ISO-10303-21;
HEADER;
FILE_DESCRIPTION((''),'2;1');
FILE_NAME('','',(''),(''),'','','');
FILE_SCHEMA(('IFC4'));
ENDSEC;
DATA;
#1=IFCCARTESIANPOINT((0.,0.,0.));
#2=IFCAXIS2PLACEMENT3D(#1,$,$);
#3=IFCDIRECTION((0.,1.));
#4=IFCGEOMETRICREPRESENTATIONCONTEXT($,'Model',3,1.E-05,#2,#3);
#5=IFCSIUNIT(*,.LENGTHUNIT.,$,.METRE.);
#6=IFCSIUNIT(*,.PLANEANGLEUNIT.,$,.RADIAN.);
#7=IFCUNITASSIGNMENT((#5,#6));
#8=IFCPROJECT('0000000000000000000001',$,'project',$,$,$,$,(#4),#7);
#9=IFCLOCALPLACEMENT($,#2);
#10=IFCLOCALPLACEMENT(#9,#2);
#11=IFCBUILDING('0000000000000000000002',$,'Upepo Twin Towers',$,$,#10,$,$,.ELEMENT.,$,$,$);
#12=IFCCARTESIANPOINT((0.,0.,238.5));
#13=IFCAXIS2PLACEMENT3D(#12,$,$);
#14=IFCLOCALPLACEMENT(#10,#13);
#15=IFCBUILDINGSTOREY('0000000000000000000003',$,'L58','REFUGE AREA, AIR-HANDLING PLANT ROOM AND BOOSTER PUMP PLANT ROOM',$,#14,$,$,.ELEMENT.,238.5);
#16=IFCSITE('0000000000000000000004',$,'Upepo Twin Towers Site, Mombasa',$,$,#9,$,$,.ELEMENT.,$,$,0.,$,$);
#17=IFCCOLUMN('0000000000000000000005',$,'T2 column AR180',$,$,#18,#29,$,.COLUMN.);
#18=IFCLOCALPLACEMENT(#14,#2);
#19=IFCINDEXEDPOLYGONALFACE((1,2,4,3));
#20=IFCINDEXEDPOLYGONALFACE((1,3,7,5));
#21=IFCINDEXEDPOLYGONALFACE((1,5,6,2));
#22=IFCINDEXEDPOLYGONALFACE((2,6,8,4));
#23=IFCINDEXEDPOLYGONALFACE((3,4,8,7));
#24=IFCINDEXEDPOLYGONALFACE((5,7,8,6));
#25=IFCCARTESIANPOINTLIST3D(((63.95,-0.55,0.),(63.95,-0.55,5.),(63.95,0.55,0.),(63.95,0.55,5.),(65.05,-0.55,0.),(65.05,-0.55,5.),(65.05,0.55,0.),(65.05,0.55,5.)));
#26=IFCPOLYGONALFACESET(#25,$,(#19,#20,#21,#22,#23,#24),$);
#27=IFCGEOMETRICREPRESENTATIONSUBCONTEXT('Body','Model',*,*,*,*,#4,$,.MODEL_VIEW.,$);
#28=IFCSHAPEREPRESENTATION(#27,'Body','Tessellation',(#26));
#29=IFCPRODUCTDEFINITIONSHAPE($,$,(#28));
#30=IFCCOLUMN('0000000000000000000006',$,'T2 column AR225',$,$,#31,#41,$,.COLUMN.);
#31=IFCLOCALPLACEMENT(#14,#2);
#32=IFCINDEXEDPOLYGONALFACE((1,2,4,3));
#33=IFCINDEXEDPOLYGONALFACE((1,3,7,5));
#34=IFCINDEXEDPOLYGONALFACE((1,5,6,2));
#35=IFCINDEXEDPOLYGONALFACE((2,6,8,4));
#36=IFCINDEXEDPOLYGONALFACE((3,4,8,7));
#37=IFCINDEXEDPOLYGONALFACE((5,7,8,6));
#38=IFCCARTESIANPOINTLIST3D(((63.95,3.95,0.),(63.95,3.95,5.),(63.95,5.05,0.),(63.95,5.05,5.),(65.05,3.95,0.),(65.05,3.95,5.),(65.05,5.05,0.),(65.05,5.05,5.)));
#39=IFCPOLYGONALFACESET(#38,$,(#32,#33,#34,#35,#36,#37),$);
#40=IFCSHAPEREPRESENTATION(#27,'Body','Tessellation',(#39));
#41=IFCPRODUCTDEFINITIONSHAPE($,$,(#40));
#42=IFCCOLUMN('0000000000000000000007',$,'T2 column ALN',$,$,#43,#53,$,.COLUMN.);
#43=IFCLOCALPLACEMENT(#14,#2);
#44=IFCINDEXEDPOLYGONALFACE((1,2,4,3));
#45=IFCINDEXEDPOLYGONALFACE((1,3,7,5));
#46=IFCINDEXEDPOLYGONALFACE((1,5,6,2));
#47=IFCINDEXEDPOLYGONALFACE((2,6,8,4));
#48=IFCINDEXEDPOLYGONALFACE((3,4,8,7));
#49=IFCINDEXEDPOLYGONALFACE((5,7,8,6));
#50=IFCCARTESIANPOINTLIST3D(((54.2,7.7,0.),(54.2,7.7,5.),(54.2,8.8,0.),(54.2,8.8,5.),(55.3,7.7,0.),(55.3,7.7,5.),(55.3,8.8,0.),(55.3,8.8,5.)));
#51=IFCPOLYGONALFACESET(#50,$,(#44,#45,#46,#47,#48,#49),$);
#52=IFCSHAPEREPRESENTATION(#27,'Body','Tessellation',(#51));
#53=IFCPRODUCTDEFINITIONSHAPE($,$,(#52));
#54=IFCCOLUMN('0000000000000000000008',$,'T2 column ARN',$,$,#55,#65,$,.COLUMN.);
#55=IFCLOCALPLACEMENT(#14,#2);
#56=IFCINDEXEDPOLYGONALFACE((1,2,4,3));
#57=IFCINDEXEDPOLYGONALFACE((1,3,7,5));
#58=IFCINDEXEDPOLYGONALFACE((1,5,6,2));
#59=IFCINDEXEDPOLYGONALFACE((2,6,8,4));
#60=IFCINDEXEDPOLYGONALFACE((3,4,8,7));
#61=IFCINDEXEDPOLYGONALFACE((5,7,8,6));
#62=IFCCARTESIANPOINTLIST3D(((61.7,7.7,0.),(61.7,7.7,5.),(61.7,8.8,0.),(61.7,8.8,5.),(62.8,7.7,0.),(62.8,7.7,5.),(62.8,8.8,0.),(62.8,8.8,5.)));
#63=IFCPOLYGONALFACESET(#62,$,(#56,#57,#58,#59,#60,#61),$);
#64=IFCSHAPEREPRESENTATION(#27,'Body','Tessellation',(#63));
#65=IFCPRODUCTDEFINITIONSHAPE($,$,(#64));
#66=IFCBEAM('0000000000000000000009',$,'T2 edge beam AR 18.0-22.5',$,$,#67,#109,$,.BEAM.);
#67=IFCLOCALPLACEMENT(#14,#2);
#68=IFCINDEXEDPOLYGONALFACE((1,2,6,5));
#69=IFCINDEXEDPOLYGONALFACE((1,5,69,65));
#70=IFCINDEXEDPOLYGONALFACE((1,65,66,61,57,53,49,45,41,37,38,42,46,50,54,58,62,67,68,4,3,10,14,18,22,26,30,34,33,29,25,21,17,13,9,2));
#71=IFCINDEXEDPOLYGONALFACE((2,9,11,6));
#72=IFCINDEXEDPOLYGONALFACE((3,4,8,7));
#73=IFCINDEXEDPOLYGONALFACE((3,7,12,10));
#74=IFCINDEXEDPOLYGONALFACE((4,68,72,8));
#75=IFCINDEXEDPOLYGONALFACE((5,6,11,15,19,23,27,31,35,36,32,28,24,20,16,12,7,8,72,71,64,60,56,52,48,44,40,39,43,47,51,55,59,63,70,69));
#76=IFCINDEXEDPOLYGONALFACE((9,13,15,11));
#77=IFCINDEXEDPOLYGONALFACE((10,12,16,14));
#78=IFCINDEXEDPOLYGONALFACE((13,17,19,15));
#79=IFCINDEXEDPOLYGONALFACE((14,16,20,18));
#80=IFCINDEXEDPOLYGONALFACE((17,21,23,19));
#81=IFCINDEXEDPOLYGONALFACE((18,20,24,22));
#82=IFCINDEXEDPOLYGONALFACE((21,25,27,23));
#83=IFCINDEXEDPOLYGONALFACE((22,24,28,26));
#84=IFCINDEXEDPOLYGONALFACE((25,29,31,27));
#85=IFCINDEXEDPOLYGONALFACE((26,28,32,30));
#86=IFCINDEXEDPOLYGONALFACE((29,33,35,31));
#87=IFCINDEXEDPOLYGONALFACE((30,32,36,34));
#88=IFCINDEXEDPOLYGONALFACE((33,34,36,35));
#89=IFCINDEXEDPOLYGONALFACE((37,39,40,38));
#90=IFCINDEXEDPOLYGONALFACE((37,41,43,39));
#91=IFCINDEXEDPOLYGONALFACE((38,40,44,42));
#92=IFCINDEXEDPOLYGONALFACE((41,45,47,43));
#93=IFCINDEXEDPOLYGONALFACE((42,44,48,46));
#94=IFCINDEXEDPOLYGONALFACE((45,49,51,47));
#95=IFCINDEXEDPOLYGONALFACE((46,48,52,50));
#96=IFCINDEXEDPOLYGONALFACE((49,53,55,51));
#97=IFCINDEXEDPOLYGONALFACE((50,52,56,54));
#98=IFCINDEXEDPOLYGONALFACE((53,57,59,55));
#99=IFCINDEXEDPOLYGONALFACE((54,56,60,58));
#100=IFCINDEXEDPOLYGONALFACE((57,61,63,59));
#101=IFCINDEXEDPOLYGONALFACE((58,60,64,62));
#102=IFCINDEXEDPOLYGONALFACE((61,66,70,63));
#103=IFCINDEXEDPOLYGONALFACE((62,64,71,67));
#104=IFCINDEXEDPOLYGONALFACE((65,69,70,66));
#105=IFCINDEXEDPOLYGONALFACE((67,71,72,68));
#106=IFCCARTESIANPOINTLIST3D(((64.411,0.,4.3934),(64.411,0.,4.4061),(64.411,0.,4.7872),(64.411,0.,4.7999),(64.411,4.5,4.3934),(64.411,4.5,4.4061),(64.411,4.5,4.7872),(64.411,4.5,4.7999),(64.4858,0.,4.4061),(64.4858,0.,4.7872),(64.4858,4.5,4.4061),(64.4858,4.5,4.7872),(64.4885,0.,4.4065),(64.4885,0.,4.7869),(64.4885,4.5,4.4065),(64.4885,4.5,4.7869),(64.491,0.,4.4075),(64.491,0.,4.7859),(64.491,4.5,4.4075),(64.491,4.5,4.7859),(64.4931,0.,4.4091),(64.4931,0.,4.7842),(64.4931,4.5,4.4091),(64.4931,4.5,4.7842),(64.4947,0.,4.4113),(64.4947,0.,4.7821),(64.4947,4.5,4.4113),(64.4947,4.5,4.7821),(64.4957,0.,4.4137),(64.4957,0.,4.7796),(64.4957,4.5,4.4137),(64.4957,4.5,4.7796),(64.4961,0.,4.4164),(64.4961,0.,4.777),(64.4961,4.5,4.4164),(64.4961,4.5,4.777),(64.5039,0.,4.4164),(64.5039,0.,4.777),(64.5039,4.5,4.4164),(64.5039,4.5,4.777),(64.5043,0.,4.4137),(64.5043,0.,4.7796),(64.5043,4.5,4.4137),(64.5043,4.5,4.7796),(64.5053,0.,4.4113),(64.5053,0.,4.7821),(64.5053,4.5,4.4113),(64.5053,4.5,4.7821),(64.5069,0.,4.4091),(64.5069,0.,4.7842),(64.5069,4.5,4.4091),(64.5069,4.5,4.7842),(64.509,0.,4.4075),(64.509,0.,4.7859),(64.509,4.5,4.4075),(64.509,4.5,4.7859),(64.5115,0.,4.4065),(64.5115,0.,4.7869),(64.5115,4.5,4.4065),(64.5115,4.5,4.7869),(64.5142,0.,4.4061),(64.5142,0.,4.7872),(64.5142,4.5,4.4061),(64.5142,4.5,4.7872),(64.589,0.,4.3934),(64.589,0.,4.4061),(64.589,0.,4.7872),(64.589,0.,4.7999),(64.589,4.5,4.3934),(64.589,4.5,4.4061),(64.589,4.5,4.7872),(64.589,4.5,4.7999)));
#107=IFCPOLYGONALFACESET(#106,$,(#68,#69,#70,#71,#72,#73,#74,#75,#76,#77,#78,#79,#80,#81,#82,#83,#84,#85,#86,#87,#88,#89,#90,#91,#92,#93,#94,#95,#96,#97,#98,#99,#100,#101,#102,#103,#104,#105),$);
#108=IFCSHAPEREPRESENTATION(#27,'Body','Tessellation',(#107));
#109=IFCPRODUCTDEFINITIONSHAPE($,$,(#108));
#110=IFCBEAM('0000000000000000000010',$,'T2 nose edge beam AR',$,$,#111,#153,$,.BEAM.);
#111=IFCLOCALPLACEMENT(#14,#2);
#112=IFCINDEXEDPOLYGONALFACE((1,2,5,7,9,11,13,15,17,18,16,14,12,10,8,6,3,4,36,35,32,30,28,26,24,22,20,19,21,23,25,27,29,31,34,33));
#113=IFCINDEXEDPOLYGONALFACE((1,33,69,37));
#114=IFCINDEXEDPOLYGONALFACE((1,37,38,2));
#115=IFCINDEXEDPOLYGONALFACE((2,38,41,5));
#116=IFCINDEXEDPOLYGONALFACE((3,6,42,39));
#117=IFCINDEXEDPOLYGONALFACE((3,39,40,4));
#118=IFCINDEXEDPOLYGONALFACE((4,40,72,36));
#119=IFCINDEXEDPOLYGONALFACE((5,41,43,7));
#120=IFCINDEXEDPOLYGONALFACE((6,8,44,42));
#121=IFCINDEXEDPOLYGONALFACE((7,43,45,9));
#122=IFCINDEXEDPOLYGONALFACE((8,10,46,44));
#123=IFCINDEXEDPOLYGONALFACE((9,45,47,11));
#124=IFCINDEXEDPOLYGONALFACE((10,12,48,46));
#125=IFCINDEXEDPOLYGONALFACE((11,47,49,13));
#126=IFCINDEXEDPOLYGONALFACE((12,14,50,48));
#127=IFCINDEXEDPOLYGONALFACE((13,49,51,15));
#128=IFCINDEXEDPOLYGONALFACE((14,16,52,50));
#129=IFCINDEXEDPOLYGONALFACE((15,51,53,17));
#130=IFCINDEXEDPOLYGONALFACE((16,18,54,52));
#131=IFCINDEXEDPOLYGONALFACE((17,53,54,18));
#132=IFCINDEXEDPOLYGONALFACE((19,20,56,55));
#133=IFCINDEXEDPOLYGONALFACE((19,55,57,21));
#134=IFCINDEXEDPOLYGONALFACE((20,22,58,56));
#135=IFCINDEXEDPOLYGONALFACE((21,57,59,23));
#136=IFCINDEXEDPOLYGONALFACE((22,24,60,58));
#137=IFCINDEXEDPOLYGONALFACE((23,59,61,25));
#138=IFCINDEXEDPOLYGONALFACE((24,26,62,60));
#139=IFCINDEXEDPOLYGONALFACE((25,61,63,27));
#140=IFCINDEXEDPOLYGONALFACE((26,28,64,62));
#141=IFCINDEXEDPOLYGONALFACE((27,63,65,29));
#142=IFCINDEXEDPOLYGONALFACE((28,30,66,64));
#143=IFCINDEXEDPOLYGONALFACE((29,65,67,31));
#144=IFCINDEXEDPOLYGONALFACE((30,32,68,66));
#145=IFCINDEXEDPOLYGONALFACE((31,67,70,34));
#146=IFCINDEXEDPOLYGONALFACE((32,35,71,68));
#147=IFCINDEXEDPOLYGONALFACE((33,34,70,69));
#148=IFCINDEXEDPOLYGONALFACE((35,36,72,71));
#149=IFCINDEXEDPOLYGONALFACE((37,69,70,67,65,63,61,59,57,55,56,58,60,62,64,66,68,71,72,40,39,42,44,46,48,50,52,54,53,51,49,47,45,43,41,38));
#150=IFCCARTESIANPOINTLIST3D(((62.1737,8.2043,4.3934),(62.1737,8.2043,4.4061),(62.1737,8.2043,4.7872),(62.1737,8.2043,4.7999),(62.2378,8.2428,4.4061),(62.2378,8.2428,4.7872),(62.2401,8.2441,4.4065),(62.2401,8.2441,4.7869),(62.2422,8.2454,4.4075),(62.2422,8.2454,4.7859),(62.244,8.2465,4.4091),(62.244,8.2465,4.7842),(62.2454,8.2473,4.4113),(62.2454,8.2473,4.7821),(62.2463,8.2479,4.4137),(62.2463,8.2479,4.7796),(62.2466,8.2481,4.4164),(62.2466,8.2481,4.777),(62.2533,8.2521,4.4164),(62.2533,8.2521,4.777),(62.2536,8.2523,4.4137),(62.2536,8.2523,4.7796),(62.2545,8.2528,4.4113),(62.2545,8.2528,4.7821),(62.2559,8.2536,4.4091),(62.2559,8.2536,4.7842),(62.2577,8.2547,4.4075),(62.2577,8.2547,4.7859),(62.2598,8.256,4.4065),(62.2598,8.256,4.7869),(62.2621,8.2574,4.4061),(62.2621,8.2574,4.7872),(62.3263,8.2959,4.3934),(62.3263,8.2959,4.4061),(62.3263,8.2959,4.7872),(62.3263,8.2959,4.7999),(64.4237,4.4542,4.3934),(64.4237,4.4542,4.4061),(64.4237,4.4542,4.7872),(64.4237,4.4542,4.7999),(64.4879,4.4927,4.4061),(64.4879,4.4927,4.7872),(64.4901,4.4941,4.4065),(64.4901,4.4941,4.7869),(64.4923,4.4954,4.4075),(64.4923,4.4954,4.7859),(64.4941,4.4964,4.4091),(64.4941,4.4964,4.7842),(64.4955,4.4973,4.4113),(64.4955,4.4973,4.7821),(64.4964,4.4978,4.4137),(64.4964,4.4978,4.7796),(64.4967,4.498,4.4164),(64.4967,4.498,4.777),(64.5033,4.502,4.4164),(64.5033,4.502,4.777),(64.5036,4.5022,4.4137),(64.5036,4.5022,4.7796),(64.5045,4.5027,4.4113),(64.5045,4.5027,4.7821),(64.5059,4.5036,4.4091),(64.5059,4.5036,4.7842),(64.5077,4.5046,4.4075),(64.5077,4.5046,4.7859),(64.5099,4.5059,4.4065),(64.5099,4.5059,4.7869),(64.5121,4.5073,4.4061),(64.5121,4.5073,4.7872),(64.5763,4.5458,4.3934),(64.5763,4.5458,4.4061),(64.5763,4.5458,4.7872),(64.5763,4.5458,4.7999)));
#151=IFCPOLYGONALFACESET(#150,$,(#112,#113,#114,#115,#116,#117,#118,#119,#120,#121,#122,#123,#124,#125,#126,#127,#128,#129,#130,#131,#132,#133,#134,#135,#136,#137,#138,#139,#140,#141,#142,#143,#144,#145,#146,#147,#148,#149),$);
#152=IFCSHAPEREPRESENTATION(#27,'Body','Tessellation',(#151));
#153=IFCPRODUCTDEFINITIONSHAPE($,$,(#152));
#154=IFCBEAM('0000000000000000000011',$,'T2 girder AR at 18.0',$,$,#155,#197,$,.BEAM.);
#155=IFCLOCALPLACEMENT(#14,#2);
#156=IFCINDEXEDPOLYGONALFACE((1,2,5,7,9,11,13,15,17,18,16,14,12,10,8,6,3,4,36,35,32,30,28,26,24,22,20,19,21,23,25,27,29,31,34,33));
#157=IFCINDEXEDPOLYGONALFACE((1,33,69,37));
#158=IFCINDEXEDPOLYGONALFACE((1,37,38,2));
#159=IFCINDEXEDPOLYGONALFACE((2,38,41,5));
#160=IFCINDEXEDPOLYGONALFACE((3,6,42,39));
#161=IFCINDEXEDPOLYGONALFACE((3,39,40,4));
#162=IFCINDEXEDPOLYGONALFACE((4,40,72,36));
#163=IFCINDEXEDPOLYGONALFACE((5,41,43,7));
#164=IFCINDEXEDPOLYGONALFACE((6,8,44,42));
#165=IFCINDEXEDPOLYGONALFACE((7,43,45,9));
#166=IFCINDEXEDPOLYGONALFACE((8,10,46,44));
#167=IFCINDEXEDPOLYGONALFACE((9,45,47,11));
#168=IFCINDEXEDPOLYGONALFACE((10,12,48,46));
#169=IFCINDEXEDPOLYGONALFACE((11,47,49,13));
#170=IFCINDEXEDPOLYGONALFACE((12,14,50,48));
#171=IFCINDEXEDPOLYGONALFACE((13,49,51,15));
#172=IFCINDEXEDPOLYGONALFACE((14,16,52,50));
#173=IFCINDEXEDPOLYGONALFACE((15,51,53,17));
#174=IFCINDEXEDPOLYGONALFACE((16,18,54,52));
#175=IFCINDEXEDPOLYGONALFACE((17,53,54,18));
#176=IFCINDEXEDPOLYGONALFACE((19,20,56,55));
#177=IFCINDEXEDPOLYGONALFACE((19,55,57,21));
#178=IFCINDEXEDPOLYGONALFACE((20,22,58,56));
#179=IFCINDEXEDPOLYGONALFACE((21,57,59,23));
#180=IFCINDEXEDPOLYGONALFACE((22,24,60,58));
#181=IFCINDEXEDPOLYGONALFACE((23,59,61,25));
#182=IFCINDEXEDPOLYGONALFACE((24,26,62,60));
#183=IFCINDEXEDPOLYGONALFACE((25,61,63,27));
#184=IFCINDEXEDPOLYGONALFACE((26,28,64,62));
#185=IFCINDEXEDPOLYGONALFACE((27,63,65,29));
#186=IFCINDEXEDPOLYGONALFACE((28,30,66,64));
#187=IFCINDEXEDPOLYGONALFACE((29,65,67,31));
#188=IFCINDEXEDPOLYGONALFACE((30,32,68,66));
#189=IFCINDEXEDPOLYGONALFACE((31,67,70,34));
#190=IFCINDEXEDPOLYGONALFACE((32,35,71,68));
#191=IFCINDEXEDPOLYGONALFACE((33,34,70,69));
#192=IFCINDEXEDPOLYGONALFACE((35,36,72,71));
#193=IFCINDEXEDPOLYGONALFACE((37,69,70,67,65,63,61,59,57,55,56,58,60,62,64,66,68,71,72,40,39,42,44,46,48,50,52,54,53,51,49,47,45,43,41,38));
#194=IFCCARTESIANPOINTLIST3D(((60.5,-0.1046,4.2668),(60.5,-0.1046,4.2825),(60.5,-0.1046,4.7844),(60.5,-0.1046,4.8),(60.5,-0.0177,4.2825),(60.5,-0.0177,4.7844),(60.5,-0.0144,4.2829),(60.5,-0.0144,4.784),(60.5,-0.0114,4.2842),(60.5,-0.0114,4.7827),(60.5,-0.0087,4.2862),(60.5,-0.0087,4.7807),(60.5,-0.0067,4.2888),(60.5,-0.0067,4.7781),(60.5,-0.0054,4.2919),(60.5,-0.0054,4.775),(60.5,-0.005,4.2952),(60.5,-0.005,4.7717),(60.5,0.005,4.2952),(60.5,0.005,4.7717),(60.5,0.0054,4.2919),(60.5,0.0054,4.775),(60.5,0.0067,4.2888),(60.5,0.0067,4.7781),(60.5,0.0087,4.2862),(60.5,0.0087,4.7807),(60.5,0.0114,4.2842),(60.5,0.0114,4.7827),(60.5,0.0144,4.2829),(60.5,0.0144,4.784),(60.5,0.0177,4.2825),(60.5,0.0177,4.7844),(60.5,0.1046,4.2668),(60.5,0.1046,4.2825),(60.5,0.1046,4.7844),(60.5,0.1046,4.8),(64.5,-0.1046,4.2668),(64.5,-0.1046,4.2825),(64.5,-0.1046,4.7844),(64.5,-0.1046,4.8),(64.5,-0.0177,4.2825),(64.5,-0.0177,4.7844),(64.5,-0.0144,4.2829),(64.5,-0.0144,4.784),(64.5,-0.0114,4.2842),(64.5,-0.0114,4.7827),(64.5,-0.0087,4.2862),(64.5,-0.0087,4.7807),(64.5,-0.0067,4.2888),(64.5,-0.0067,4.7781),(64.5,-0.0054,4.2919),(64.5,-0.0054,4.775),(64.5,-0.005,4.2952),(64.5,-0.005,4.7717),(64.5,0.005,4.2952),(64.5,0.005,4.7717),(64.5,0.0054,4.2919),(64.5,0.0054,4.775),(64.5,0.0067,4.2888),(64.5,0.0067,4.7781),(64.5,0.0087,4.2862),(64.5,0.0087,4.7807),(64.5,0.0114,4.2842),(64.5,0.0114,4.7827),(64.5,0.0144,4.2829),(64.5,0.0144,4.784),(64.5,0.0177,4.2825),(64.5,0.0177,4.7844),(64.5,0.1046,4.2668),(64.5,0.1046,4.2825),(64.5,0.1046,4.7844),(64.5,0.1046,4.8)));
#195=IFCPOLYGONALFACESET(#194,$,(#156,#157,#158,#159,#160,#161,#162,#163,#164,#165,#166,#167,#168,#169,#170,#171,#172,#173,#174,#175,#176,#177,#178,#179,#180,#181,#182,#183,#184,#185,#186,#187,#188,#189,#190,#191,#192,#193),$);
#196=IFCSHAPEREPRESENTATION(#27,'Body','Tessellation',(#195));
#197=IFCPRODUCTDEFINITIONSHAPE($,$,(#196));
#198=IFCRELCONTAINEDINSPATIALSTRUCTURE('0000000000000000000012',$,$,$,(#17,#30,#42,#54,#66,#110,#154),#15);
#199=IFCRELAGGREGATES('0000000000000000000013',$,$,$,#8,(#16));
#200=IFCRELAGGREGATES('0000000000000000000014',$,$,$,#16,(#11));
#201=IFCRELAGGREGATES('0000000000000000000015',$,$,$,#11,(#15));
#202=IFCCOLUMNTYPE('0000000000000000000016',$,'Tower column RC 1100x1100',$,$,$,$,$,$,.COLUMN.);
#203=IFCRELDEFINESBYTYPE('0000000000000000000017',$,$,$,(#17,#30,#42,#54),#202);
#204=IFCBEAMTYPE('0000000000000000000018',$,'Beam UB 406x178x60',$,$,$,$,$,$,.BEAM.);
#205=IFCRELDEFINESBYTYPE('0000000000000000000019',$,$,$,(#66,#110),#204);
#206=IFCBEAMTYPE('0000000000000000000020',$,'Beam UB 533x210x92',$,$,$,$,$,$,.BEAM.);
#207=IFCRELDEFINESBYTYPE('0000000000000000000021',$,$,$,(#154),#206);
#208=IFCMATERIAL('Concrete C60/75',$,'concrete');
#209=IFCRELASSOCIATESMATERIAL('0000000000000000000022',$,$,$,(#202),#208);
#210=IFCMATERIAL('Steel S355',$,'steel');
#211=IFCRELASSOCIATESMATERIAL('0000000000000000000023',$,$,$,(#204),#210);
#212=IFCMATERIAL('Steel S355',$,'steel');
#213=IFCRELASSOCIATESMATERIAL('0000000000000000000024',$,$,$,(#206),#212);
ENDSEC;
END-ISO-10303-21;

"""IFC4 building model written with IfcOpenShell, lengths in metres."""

from ifc_helpers import new_model, si_unit, direction, frame, origin, origin_2d, place, context, subcontext, project, spatial, rectangle, i_section, extrude, material, material_profile, profile_set, type_object, element, save


model = new_model("IFC4")

# Units and contexts
model_context = context("Model", 3, precision=1e-05, world=origin(), true_north=direction((0.0, 1.0)))
body_context = subcontext(model_context, "Body", "Model", "MODEL_VIEW")
ifc_project = project(units=[si_unit("LENGTHUNIT", "METRE"), si_unit("PLANEANGLEUNIT", "RADIAN")], contexts=[model_context])

# Site, building, storey
site_placement = place(None, origin())
site = spatial("IfcSite", under=ifc_project, at=site_placement, Name="Upepo Twin Towers Site, Mombasa", CompositionType="ELEMENT", RefElevation=0.0)
building_placement = place(site_placement, origin())
building = spatial("IfcBuilding", under=site, at=building_placement, Name="Upepo Twin Towers", CompositionType="ELEMENT")
storey_placement = place(building_placement, frame((0.0, 0.0, 238.5)))
storey = spatial("IfcBuildingStorey", under=building, at=storey_placement, Name="L58", Description="REFUGE AREA, AIR-HANDLING PLANT ROOM AND BOOSTER PUMP PLANT ROOM", CompositionType="ELEMENT", Elevation=238.5)

# Columns
ifc_material_1 = material(Name="Concrete C60/75", Category="concrete")
ifc_material_profile_1 = material_profile(ifc_material_1, rectangle(XDim=1.1001, YDim=1.1001, at=origin_2d()), Name="RC 1100x1100")
ifc_profile_set_1 = profile_set([ifc_material_profile_1], Name="Concrete C60/75")
column_type = type_object("IfcColumnType", Name="Tower column RC 1100x1100", PredefinedType="COLUMN", material=ifc_profile_set_1)
for number, where, z_axis, x_axis, name in (
    (1, (64.5, 0.0, 0.0), (0.0, 0.0, 1.0), (1.0, 0.0, 0.0), "T2 column AR180"),
    (2, (64.5, 4.5, 0.0), (0.0, 0.0, 1.0), (1.0, 0.0, 0.0), "T2 column AR225"),
    (3, (54.75, 8.25, 0.0), (0.0, 0.0, 1.0), (1.0, 0.0, 0.0), "T2 column ALN"),
    (4, (62.25, 8.25, 0.0), (0.0, 0.0, 1.0), (1.0, 0.0, 0.0), "T2 column ARN"),
):
    element("IfcColumn", number, at=place(storey_placement, frame(where, z_axis=z_axis, x_axis=x_axis)), inside=storey, type_object=column_type, Name=name, PredefinedType="COLUMN", context=body_context, shape_type="SweptSolid", body=[
        extrude(rectangle(XDim=1.1001, YDim=1.1001, at=origin_2d()), origin(), (0.0, 0.0, 1.0), 5.0),
    ])

# Beams
ifc_material_2 = material(Name="Steel S355", Category="steel")
ifc_material_profile_2 = material_profile(ifc_material_2, i_section(OverallWidth=0.178, OverallDepth=0.4065, WebThickness=0.0078, FlangeThickness=0.0127, FilletRadius=0.0103, at=origin_2d()), Name="UB 406x178x60")
ifc_profile_set_2 = profile_set([ifc_material_profile_2], Name="Steel S355")
beam_type_1 = type_object("IfcBeamType", Name="Beam UB 406x178x60", PredefinedType="BEAM", material=ifc_profile_set_2)
beam_1_placement = place(storey_placement, frame((64.5, 0.0, 4.5967), z_axis=(0.0, 1.0, 0.0), x_axis=(-1.0, 0.0, 0.0)))
element("IfcBeam", 5, at=beam_1_placement, inside=storey, type_object=beam_type_1, Name="T2 edge beam AR 18.0-22.5", PredefinedType="BEAM", context=body_context, shape_type="SweptSolid", body=[
    extrude(i_section(OverallWidth=0.178, OverallDepth=0.4065, WebThickness=0.0078, FlangeThickness=0.0127, FilletRadius=0.0103, at=origin_2d()), origin(), (0.0, 0.0, 1.0), 4.5),
])
beam_2_placement = place(storey_placement, frame((64.5, 4.5, 4.5967), z_axis=(-0.514496, 0.857493, 0.0), x_axis=(-0.857493, -0.514496, 0.0)))
element("IfcBeam", 6, at=beam_2_placement, inside=storey, type_object=beam_type_1, Name="T2 nose edge beam AR", PredefinedType="BEAM", context=body_context, shape_type="SweptSolid", body=[
    extrude(i_section(OverallWidth=0.178, OverallDepth=0.4065, WebThickness=0.0078, FlangeThickness=0.0127, FilletRadius=0.0103, at=origin_2d()), origin(), (0.0, 0.0, 1.0), 4.3733),
])
ifc_material_3 = material(Name="Steel S355", Category="steel")
ifc_material_profile_3 = material_profile(ifc_material_3, i_section(OverallWidth=0.2092, OverallDepth=0.5332, WebThickness=0.01, FlangeThickness=0.0156, FilletRadius=0.0127, at=origin_2d()), Name="UB 533x210x92")
ifc_profile_set_3 = profile_set([ifc_material_profile_3], Name="Steel S355")
beam_type_2 = type_object("IfcBeamType", Name="Beam UB 533x210x92", PredefinedType="BEAM", material=ifc_profile_set_3)
for number, where, z_axis, x_axis, name in (
    (7, (64.5, 0.0, 4.5334), (-1.0, 0.0, 0.0), (0.0, -1.0, 0.0), "T2 girder AR at 18.0"),
):
    element("IfcBeam", number, at=place(storey_placement, frame(where, z_axis=z_axis, x_axis=x_axis)), inside=storey, type_object=beam_type_2, Name=name, PredefinedType="BEAM", context=body_context, shape_type="SweptSolid", body=[
        extrude(i_section(OverallWidth=0.2092, OverallDepth=0.5332, WebThickness=0.01, FlangeThickness=0.0156, FilletRadius=0.0127, at=origin_2d()), origin(), (0.0, 0.0, 1.0), 4.0),
    ])

save(model, "model.ifc")
